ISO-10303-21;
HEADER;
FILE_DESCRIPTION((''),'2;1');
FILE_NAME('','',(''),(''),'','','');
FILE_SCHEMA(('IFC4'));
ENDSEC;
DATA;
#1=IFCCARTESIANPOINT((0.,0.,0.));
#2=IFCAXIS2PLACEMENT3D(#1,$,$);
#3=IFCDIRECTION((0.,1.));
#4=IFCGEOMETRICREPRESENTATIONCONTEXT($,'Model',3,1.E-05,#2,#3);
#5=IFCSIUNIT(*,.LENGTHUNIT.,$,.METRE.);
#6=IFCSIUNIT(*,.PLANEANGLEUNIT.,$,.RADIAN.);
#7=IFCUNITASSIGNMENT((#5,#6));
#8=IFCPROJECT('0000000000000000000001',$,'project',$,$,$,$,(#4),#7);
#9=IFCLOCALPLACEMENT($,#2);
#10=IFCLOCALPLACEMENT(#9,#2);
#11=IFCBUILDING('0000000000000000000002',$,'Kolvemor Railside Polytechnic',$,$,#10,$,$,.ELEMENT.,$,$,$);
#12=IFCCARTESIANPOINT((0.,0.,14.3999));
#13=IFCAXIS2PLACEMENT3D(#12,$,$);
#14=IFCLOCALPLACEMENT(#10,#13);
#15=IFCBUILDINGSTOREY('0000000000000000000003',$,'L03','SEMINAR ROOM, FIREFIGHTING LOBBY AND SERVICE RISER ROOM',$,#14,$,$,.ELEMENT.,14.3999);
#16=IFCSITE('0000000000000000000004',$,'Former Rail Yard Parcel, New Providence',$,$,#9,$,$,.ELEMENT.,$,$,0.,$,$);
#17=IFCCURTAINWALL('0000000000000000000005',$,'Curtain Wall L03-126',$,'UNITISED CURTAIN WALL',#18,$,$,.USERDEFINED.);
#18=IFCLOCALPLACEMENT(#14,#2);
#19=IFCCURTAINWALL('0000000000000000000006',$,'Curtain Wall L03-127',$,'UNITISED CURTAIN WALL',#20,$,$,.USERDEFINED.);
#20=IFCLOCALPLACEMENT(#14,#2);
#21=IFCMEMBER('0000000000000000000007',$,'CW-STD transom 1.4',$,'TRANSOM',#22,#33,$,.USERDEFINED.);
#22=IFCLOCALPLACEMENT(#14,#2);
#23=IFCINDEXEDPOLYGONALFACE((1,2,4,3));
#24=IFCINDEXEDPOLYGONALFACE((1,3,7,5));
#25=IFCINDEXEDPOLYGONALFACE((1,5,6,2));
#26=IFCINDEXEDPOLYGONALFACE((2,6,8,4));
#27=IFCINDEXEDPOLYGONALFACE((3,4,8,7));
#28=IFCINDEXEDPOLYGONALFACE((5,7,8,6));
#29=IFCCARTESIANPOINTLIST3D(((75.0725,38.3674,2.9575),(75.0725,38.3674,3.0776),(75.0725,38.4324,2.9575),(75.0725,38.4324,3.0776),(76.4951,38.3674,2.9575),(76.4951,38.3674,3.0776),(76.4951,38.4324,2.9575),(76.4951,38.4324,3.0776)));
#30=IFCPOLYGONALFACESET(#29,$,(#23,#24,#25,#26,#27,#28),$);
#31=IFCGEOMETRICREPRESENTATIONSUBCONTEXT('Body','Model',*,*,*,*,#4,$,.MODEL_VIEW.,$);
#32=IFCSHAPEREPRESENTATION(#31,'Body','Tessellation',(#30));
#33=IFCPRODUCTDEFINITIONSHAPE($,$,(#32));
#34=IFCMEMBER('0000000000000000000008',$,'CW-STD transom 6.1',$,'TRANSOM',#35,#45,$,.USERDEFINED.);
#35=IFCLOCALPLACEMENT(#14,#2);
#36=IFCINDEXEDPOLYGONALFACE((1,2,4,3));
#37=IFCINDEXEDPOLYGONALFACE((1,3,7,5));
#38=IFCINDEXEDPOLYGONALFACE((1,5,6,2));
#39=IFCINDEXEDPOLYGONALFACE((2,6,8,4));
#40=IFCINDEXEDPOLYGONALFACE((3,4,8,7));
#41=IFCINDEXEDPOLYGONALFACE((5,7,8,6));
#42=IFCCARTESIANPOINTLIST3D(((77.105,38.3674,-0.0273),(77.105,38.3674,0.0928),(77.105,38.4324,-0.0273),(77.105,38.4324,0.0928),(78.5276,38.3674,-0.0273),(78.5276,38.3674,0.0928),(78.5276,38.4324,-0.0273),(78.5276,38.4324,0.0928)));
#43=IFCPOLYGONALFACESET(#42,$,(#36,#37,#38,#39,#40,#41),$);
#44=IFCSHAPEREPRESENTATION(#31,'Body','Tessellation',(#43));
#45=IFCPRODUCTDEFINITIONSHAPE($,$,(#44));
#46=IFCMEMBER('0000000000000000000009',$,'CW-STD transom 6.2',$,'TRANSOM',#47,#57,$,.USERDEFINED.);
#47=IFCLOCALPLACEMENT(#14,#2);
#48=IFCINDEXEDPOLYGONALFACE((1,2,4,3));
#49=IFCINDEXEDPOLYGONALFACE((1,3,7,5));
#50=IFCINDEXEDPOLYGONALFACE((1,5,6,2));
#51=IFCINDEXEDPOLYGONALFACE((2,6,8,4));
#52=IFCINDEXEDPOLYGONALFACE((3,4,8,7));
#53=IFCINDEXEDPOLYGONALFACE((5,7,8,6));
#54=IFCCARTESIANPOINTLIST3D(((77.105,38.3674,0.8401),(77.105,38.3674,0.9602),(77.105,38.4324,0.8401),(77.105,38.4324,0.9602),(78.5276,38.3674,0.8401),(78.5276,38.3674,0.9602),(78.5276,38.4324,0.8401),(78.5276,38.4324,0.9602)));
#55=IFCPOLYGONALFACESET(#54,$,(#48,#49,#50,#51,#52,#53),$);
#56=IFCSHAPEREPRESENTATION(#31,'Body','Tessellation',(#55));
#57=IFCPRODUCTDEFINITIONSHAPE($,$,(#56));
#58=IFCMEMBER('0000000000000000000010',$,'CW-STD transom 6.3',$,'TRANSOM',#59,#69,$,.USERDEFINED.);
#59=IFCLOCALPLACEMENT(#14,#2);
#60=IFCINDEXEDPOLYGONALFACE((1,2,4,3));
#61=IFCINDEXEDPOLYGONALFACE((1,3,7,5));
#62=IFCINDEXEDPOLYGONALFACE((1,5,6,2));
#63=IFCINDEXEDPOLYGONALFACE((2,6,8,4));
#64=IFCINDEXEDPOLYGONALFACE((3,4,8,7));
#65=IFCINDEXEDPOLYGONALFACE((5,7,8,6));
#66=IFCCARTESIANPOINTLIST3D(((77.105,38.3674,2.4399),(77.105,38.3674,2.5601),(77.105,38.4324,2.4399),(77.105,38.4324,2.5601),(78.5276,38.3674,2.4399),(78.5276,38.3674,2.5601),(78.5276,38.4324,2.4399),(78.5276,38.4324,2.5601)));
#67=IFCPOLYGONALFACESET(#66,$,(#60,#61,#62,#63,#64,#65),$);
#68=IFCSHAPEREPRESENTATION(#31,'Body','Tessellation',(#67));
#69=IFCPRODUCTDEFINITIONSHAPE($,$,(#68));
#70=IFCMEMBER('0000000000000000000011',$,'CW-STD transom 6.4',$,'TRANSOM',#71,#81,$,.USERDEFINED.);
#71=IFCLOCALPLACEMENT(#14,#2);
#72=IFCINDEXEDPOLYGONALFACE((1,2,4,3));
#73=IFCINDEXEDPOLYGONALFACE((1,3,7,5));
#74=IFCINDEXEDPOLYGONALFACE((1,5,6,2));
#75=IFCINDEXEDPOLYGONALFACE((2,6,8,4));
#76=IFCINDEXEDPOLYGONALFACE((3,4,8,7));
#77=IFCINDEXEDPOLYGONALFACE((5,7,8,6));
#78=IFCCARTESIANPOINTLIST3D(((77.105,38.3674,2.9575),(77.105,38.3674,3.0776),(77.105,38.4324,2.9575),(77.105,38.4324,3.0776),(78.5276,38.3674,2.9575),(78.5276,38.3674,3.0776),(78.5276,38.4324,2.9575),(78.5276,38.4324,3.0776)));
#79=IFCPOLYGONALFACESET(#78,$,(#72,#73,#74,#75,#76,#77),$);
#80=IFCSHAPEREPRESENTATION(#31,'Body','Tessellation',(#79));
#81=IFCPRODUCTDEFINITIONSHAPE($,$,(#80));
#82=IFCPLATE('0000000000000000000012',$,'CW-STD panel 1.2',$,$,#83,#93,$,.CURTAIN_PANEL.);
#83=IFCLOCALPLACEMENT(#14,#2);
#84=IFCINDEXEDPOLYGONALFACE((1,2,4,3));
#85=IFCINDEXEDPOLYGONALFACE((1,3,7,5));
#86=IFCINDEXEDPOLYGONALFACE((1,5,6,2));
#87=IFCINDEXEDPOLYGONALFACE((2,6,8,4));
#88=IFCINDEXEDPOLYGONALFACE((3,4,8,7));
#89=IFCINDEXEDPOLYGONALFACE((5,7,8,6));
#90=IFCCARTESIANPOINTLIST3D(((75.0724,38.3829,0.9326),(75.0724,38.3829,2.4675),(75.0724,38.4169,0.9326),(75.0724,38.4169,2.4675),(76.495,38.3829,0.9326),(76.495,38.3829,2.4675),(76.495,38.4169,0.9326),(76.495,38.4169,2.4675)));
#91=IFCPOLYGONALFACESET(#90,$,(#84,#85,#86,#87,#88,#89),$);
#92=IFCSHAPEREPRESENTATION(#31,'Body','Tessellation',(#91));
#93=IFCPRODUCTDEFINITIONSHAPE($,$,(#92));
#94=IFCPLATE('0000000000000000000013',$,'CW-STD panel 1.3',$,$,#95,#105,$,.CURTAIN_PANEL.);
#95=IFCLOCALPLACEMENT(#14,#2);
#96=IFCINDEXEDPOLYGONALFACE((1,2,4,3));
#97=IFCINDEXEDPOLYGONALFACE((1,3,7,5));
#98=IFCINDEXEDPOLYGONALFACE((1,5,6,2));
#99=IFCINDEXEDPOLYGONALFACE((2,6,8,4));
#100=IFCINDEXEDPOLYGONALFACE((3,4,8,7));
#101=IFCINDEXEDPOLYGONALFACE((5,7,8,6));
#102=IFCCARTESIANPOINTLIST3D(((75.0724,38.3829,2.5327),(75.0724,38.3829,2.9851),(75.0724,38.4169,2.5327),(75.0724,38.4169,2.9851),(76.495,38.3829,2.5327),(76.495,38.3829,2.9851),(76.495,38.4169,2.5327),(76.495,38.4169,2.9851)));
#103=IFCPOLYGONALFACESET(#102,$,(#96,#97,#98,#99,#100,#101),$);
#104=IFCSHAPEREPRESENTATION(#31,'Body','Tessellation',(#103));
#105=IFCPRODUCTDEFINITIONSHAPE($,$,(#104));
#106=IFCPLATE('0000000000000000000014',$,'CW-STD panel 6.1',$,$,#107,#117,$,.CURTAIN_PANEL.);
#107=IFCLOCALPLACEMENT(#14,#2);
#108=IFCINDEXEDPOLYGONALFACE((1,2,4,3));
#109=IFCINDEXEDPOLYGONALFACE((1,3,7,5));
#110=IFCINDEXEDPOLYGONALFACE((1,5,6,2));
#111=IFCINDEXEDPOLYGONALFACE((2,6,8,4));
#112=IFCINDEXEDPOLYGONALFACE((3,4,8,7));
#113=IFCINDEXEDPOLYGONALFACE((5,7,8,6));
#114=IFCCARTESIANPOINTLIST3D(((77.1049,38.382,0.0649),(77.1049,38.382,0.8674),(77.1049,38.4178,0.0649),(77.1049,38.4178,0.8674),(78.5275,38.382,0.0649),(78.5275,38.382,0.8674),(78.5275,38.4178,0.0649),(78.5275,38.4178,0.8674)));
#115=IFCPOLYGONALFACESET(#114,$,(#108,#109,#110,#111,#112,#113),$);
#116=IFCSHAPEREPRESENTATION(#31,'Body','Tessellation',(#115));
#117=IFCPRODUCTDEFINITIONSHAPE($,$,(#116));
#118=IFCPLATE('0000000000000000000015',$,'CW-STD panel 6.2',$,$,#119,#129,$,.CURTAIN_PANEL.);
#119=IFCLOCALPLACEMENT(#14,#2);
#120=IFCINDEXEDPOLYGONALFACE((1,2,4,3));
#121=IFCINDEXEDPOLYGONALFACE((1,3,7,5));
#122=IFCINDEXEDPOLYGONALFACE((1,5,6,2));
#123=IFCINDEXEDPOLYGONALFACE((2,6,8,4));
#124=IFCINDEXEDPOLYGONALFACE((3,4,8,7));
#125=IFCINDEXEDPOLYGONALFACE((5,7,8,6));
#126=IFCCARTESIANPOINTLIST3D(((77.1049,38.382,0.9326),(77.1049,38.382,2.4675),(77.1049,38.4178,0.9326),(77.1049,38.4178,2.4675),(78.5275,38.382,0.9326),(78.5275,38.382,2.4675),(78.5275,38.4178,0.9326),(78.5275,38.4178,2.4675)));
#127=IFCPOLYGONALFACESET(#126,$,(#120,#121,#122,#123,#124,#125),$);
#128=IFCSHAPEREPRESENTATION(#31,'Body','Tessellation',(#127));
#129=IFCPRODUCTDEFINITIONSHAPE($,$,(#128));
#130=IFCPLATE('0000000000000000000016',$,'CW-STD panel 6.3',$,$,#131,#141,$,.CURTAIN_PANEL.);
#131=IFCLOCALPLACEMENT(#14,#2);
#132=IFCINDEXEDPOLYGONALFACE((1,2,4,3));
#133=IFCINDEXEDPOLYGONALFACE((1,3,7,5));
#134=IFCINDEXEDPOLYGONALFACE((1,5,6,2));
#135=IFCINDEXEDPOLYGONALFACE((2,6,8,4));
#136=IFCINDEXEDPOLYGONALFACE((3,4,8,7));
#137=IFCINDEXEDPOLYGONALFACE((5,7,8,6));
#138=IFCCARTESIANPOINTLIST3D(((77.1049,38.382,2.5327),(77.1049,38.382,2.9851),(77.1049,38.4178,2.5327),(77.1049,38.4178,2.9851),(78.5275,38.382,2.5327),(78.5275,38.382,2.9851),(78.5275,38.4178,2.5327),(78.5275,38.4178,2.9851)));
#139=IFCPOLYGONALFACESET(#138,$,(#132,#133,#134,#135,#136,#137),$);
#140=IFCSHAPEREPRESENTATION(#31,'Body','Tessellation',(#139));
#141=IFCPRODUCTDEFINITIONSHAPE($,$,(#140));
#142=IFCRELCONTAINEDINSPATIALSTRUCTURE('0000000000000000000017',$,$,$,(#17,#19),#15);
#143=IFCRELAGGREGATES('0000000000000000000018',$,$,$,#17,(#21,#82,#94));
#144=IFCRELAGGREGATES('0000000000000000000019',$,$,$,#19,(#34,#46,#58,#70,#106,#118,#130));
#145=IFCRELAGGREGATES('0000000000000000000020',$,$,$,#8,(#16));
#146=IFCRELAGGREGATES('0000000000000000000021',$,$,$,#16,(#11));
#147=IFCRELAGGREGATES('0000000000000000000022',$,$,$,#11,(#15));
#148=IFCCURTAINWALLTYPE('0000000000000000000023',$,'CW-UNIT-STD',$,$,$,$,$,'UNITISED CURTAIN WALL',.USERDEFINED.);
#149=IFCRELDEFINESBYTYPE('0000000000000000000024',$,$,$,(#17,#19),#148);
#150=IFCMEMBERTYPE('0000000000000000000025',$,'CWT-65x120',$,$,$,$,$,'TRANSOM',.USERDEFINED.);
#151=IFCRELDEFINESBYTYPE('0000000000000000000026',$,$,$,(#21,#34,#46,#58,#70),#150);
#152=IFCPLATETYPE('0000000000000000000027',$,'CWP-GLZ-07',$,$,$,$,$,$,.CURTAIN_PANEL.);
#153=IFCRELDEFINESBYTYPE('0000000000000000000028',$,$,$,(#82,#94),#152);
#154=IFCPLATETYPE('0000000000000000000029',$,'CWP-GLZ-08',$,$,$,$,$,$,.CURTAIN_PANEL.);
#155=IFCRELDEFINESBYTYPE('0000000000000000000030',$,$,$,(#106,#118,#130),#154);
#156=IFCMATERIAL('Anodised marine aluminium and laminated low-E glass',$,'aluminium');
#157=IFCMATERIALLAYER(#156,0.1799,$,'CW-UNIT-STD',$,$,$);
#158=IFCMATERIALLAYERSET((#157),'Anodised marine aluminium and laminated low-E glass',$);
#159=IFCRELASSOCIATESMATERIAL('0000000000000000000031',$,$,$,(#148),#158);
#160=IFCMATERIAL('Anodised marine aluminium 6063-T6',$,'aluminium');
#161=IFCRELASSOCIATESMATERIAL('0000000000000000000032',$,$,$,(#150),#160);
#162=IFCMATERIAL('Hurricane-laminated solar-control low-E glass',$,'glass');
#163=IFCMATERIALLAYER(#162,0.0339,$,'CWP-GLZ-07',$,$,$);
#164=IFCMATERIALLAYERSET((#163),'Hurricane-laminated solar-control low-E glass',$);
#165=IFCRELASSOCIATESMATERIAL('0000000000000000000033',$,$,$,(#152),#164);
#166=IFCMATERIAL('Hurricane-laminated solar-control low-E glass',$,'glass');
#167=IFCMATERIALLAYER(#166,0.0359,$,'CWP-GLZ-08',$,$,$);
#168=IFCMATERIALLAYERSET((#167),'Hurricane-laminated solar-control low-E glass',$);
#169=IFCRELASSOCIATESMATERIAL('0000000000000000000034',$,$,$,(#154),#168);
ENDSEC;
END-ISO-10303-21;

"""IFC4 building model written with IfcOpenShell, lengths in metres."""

from ifc_helpers import new_model, si_unit, direction, frame, origin, origin_2d, place, context, subcontext, project, spatial, rectangle, extrude, material, layer, layer_set, material_profile, profile_set, type_object, element, aggregate, save


model = new_model("IFC4")

# Units and contexts
model_context = context("Model", 3, precision=1e-05, world=origin(), true_north=direction((0.0, 1.0)))
body_context = subcontext(model_context, "Body", "Model", "MODEL_VIEW")
ifc_project = project(units=[si_unit("LENGTHUNIT", "METRE"), si_unit("PLANEANGLEUNIT", "RADIAN")], contexts=[model_context])

# Site, building, storey
site_placement = place(None, origin())
site = spatial("IfcSite", under=ifc_project, at=site_placement, Name="Former Rail Yard Parcel, New Providence", CompositionType="ELEMENT", RefElevation=0.0)
building_placement = place(site_placement, origin())
building = spatial("IfcBuilding", under=site, at=building_placement, Name="Kolvemor Railside Polytechnic", CompositionType="ELEMENT")
storey_placement = place(building_placement, frame((0.0, 0.0, 14.3999)))
storey = spatial("IfcBuildingStorey", under=building, at=storey_placement, Name="L03", Description="SEMINAR ROOM, FIREFIGHTING LOBBY AND SERVICE RISER ROOM", CompositionType="ELEMENT", Elevation=14.3999)

# Curtain wall
ifc_material_1 = material(Name="Anodised marine aluminium and laminated low-E glass", Category="aluminium")
ifc_layer_1 = layer(ifc_material_1, 0.1799, Name="CW-UNIT-STD")
ifc_layer_set_1 = layer_set([ifc_layer_1], Name="Anodised marine aluminium and laminated low-E glass")
curtain_wall_type = type_object("IfcCurtainWallType", Name="CW-UNIT-STD", ElementType="UNITISED CURTAIN WALL", PredefinedType="USERDEFINED", material=ifc_layer_set_1)
curtain_wall_1_placement = place(storey_placement, origin())
curtain_wall_1 = element("IfcCurtainWall", 1, at=curtain_wall_1_placement, inside=storey, type_object=curtain_wall_type, Name="Curtain Wall L03-126", ObjectType="UNITISED CURTAIN WALL", PredefinedType="USERDEFINED")

# Curtain wall
curtain_wall_2_placement = place(storey_placement, origin())
curtain_wall_2 = element("IfcCurtainWall", 2, at=curtain_wall_2_placement, inside=storey, type_object=curtain_wall_type, Name="Curtain Wall L03-127", ObjectType="UNITISED CURTAIN WALL", PredefinedType="USERDEFINED")

# Members
ifc_material_2 = material(Name="Anodised marine aluminium 6063-T6", Category="aluminium")
ifc_material_profile_1 = material_profile(ifc_material_2, rectangle(XDim=0.0649, YDim=0.1201, at=origin_2d()), Name="CW-TRN-65x120")
ifc_profile_set_1 = profile_set([ifc_material_profile_1], Name="Anodised marine aluminium 6063-T6")
member_type_1 = type_object("IfcMemberType", Name="CWT-65x120", ElementType="TRANSOM", PredefinedType="USERDEFINED", material=ifc_profile_set_1)
member_1_placement = place(storey_placement, frame((76.4951, 38.3999, 3.0176), z_axis=(-1.0, 0.0, 0.0), x_axis=(0.0, -1.0, 0.0)))
member_1 = element("IfcMember", 3, at=member_1_placement, type_object=member_type_1, Name="CW-STD transom 1.4", ObjectType="TRANSOM", PredefinedType="USERDEFINED", context=body_context, shape_type="SweptSolid", body=[
    extrude(rectangle(XDim=0.0649, YDim=0.1201, at=origin_2d()), origin(), (0.0, 0.0, 1.0), 1.4226),
])
member_2_placement = place(storey_placement, frame((78.5276, 38.3999, 0.0327), z_axis=(-1.0, 0.0, 0.0), x_axis=(0.0, -1.0, 0.0)))
member_2 = element("IfcMember", 4, at=member_2_placement, type_object=member_type_1, Name="CW-STD transom 6.1", ObjectType="TRANSOM", PredefinedType="USERDEFINED", context=body_context, shape_type="SweptSolid", body=[
    extrude(rectangle(XDim=0.0649, YDim=0.1201, at=origin_2d()), origin(), (0.0, 0.0, 1.0), 1.4226),
])
member_3_placement = place(storey_placement, frame((78.5276, 38.3999, 0.9001), z_axis=(-1.0, 0.0, 0.0), x_axis=(0.0, -1.0, 0.0)))
member_3 = element("IfcMember", 5, at=member_3_placement, type_object=member_type_1, Name="CW-STD transom 6.2", ObjectType="TRANSOM", PredefinedType="USERDEFINED", context=body_context, shape_type="SweptSolid", body=[
    extrude(rectangle(XDim=0.0649, YDim=0.1201, at=origin_2d()), origin(), (0.0, 0.0, 1.0), 1.4226),
])
member_4_placement = place(storey_placement, frame((78.5276, 38.3999, 2.5), z_axis=(-1.0, 0.0, 0.0), x_axis=(0.0, -1.0, 0.0)))
member_4 = element("IfcMember", 6, at=member_4_placement, type_object=member_type_1, Name="CW-STD transom 6.3", ObjectType="TRANSOM", PredefinedType="USERDEFINED", context=body_context, shape_type="SweptSolid", body=[
    extrude(rectangle(XDim=0.0649, YDim=0.1201, at=origin_2d()), origin(), (0.0, 0.0, 1.0), 1.4226),
])
member_5_placement = place(storey_placement, frame((78.5276, 38.3999, 3.0176), z_axis=(-1.0, 0.0, 0.0), x_axis=(0.0, -1.0, 0.0)))
member_5 = element("IfcMember", 7, at=member_5_placement, type_object=member_type_1, Name="CW-STD transom 6.4", ObjectType="TRANSOM", PredefinedType="USERDEFINED", context=body_context, shape_type="SweptSolid", body=[
    extrude(rectangle(XDim=0.0649, YDim=0.1201, at=origin_2d()), origin(), (0.0, 0.0, 1.0), 1.4226),
])

# Plates
ifc_material_3 = material(Name="Hurricane-laminated solar-control low-E glass", Category="glass")
ifc_layer_2 = layer(ifc_material_3, 0.0339, Name="CWP-GLZ-07")
ifc_layer_set_2 = layer_set([ifc_layer_2], Name="Hurricane-laminated solar-control low-E glass")
plate_type_1 = type_object("IfcPlateType", Name="CWP-GLZ-07", PredefinedType="CURTAIN_PANEL", material=ifc_layer_set_2)
plate_1_placement = place(storey_placement, frame((75.7837, 38.3999, 0.9326), z_axis=(0.0, 0.0, 1.0), x_axis=(-1.0, 0.0, 0.0)))
plate_1 = element("IfcPlate", 8, at=plate_1_placement, type_object=plate_type_1, Name="CW-STD panel 1.2", PredefinedType="CURTAIN_PANEL", context=body_context, shape_type="SweptSolid", body=[
    extrude(rectangle(XDim=1.4226, YDim=0.0339, at=origin_2d()), origin(), (0.0, 0.0, 1.0), 1.5349),
])
plate_2_placement = place(storey_placement, frame((75.7837, 38.3999, 2.5327), z_axis=(0.0, 0.0, 1.0), x_axis=(-1.0, 0.0, 0.0)))
plate_2 = element("IfcPlate", 9, at=plate_2_placement, type_object=plate_type_1, Name="CW-STD panel 1.3", PredefinedType="CURTAIN_PANEL", context=body_context, shape_type="SweptSolid", body=[
    extrude(rectangle(XDim=1.4226, YDim=0.0339, at=origin_2d()), origin(), (0.0, 0.0, 1.0), 0.4524),
])
aggregate(curtain_wall_1, [member_1, plate_1, plate_2])
ifc_material_4 = material(Name="Hurricane-laminated solar-control low-E glass", Category="glass")
ifc_layer_3 = layer(ifc_material_4, 0.0359, Name="CWP-GLZ-08")
ifc_layer_set_3 = layer_set([ifc_layer_3], Name="Hurricane-laminated solar-control low-E glass")
plate_type_2 = type_object("IfcPlateType", Name="CWP-GLZ-08", PredefinedType="CURTAIN_PANEL", material=ifc_layer_set_3)
plate_3_placement = place(storey_placement, frame((77.8162, 38.3999, 0.0649), z_axis=(0.0, 0.0, 1.0), x_axis=(-1.0, 0.0, 0.0)))
plate_3 = element("IfcPlate", 10, at=plate_3_placement, type_object=plate_type_2, Name="CW-STD panel 6.1", PredefinedType="CURTAIN_PANEL", context=body_context, shape_type="SweptSolid", body=[
    extrude(rectangle(XDim=1.4226, YDim=0.0359, at=origin_2d()), origin(), (0.0, 0.0, 1.0), 0.8025),
])
plate_4_placement = place(storey_placement, frame((77.8162, 38.3999, 0.9326), z_axis=(0.0, 0.0, 1.0), x_axis=(-1.0, 0.0, 0.0)))
plate_4 = element("IfcPlate", 11, at=plate_4_placement, type_object=plate_type_2, Name="CW-STD panel 6.2", PredefinedType="CURTAIN_PANEL", context=body_context, shape_type="SweptSolid", body=[
    extrude(rectangle(XDim=1.4226, YDim=0.0359, at=origin_2d()), origin(), (0.0, 0.0, 1.0), 1.5349),
])
plate_5_placement = place(storey_placement, frame((77.8162, 38.3999, 2.5327), z_axis=(0.0, 0.0, 1.0), x_axis=(-1.0, 0.0, 0.0)))
plate_5 = element("IfcPlate", 12, at=plate_5_placement, type_object=plate_type_2, Name="CW-STD panel 6.3", PredefinedType="CURTAIN_PANEL", context=body_context, shape_type="SweptSolid", body=[
    extrude(rectangle(XDim=1.4226, YDim=0.0359, at=origin_2d()), origin(), (0.0, 0.0, 1.0), 0.4524),
])
aggregate(curtain_wall_2, [member_2, member_3, member_4, member_5, plate_3, plate_4, plate_5])

save(model, "model.ifc")
